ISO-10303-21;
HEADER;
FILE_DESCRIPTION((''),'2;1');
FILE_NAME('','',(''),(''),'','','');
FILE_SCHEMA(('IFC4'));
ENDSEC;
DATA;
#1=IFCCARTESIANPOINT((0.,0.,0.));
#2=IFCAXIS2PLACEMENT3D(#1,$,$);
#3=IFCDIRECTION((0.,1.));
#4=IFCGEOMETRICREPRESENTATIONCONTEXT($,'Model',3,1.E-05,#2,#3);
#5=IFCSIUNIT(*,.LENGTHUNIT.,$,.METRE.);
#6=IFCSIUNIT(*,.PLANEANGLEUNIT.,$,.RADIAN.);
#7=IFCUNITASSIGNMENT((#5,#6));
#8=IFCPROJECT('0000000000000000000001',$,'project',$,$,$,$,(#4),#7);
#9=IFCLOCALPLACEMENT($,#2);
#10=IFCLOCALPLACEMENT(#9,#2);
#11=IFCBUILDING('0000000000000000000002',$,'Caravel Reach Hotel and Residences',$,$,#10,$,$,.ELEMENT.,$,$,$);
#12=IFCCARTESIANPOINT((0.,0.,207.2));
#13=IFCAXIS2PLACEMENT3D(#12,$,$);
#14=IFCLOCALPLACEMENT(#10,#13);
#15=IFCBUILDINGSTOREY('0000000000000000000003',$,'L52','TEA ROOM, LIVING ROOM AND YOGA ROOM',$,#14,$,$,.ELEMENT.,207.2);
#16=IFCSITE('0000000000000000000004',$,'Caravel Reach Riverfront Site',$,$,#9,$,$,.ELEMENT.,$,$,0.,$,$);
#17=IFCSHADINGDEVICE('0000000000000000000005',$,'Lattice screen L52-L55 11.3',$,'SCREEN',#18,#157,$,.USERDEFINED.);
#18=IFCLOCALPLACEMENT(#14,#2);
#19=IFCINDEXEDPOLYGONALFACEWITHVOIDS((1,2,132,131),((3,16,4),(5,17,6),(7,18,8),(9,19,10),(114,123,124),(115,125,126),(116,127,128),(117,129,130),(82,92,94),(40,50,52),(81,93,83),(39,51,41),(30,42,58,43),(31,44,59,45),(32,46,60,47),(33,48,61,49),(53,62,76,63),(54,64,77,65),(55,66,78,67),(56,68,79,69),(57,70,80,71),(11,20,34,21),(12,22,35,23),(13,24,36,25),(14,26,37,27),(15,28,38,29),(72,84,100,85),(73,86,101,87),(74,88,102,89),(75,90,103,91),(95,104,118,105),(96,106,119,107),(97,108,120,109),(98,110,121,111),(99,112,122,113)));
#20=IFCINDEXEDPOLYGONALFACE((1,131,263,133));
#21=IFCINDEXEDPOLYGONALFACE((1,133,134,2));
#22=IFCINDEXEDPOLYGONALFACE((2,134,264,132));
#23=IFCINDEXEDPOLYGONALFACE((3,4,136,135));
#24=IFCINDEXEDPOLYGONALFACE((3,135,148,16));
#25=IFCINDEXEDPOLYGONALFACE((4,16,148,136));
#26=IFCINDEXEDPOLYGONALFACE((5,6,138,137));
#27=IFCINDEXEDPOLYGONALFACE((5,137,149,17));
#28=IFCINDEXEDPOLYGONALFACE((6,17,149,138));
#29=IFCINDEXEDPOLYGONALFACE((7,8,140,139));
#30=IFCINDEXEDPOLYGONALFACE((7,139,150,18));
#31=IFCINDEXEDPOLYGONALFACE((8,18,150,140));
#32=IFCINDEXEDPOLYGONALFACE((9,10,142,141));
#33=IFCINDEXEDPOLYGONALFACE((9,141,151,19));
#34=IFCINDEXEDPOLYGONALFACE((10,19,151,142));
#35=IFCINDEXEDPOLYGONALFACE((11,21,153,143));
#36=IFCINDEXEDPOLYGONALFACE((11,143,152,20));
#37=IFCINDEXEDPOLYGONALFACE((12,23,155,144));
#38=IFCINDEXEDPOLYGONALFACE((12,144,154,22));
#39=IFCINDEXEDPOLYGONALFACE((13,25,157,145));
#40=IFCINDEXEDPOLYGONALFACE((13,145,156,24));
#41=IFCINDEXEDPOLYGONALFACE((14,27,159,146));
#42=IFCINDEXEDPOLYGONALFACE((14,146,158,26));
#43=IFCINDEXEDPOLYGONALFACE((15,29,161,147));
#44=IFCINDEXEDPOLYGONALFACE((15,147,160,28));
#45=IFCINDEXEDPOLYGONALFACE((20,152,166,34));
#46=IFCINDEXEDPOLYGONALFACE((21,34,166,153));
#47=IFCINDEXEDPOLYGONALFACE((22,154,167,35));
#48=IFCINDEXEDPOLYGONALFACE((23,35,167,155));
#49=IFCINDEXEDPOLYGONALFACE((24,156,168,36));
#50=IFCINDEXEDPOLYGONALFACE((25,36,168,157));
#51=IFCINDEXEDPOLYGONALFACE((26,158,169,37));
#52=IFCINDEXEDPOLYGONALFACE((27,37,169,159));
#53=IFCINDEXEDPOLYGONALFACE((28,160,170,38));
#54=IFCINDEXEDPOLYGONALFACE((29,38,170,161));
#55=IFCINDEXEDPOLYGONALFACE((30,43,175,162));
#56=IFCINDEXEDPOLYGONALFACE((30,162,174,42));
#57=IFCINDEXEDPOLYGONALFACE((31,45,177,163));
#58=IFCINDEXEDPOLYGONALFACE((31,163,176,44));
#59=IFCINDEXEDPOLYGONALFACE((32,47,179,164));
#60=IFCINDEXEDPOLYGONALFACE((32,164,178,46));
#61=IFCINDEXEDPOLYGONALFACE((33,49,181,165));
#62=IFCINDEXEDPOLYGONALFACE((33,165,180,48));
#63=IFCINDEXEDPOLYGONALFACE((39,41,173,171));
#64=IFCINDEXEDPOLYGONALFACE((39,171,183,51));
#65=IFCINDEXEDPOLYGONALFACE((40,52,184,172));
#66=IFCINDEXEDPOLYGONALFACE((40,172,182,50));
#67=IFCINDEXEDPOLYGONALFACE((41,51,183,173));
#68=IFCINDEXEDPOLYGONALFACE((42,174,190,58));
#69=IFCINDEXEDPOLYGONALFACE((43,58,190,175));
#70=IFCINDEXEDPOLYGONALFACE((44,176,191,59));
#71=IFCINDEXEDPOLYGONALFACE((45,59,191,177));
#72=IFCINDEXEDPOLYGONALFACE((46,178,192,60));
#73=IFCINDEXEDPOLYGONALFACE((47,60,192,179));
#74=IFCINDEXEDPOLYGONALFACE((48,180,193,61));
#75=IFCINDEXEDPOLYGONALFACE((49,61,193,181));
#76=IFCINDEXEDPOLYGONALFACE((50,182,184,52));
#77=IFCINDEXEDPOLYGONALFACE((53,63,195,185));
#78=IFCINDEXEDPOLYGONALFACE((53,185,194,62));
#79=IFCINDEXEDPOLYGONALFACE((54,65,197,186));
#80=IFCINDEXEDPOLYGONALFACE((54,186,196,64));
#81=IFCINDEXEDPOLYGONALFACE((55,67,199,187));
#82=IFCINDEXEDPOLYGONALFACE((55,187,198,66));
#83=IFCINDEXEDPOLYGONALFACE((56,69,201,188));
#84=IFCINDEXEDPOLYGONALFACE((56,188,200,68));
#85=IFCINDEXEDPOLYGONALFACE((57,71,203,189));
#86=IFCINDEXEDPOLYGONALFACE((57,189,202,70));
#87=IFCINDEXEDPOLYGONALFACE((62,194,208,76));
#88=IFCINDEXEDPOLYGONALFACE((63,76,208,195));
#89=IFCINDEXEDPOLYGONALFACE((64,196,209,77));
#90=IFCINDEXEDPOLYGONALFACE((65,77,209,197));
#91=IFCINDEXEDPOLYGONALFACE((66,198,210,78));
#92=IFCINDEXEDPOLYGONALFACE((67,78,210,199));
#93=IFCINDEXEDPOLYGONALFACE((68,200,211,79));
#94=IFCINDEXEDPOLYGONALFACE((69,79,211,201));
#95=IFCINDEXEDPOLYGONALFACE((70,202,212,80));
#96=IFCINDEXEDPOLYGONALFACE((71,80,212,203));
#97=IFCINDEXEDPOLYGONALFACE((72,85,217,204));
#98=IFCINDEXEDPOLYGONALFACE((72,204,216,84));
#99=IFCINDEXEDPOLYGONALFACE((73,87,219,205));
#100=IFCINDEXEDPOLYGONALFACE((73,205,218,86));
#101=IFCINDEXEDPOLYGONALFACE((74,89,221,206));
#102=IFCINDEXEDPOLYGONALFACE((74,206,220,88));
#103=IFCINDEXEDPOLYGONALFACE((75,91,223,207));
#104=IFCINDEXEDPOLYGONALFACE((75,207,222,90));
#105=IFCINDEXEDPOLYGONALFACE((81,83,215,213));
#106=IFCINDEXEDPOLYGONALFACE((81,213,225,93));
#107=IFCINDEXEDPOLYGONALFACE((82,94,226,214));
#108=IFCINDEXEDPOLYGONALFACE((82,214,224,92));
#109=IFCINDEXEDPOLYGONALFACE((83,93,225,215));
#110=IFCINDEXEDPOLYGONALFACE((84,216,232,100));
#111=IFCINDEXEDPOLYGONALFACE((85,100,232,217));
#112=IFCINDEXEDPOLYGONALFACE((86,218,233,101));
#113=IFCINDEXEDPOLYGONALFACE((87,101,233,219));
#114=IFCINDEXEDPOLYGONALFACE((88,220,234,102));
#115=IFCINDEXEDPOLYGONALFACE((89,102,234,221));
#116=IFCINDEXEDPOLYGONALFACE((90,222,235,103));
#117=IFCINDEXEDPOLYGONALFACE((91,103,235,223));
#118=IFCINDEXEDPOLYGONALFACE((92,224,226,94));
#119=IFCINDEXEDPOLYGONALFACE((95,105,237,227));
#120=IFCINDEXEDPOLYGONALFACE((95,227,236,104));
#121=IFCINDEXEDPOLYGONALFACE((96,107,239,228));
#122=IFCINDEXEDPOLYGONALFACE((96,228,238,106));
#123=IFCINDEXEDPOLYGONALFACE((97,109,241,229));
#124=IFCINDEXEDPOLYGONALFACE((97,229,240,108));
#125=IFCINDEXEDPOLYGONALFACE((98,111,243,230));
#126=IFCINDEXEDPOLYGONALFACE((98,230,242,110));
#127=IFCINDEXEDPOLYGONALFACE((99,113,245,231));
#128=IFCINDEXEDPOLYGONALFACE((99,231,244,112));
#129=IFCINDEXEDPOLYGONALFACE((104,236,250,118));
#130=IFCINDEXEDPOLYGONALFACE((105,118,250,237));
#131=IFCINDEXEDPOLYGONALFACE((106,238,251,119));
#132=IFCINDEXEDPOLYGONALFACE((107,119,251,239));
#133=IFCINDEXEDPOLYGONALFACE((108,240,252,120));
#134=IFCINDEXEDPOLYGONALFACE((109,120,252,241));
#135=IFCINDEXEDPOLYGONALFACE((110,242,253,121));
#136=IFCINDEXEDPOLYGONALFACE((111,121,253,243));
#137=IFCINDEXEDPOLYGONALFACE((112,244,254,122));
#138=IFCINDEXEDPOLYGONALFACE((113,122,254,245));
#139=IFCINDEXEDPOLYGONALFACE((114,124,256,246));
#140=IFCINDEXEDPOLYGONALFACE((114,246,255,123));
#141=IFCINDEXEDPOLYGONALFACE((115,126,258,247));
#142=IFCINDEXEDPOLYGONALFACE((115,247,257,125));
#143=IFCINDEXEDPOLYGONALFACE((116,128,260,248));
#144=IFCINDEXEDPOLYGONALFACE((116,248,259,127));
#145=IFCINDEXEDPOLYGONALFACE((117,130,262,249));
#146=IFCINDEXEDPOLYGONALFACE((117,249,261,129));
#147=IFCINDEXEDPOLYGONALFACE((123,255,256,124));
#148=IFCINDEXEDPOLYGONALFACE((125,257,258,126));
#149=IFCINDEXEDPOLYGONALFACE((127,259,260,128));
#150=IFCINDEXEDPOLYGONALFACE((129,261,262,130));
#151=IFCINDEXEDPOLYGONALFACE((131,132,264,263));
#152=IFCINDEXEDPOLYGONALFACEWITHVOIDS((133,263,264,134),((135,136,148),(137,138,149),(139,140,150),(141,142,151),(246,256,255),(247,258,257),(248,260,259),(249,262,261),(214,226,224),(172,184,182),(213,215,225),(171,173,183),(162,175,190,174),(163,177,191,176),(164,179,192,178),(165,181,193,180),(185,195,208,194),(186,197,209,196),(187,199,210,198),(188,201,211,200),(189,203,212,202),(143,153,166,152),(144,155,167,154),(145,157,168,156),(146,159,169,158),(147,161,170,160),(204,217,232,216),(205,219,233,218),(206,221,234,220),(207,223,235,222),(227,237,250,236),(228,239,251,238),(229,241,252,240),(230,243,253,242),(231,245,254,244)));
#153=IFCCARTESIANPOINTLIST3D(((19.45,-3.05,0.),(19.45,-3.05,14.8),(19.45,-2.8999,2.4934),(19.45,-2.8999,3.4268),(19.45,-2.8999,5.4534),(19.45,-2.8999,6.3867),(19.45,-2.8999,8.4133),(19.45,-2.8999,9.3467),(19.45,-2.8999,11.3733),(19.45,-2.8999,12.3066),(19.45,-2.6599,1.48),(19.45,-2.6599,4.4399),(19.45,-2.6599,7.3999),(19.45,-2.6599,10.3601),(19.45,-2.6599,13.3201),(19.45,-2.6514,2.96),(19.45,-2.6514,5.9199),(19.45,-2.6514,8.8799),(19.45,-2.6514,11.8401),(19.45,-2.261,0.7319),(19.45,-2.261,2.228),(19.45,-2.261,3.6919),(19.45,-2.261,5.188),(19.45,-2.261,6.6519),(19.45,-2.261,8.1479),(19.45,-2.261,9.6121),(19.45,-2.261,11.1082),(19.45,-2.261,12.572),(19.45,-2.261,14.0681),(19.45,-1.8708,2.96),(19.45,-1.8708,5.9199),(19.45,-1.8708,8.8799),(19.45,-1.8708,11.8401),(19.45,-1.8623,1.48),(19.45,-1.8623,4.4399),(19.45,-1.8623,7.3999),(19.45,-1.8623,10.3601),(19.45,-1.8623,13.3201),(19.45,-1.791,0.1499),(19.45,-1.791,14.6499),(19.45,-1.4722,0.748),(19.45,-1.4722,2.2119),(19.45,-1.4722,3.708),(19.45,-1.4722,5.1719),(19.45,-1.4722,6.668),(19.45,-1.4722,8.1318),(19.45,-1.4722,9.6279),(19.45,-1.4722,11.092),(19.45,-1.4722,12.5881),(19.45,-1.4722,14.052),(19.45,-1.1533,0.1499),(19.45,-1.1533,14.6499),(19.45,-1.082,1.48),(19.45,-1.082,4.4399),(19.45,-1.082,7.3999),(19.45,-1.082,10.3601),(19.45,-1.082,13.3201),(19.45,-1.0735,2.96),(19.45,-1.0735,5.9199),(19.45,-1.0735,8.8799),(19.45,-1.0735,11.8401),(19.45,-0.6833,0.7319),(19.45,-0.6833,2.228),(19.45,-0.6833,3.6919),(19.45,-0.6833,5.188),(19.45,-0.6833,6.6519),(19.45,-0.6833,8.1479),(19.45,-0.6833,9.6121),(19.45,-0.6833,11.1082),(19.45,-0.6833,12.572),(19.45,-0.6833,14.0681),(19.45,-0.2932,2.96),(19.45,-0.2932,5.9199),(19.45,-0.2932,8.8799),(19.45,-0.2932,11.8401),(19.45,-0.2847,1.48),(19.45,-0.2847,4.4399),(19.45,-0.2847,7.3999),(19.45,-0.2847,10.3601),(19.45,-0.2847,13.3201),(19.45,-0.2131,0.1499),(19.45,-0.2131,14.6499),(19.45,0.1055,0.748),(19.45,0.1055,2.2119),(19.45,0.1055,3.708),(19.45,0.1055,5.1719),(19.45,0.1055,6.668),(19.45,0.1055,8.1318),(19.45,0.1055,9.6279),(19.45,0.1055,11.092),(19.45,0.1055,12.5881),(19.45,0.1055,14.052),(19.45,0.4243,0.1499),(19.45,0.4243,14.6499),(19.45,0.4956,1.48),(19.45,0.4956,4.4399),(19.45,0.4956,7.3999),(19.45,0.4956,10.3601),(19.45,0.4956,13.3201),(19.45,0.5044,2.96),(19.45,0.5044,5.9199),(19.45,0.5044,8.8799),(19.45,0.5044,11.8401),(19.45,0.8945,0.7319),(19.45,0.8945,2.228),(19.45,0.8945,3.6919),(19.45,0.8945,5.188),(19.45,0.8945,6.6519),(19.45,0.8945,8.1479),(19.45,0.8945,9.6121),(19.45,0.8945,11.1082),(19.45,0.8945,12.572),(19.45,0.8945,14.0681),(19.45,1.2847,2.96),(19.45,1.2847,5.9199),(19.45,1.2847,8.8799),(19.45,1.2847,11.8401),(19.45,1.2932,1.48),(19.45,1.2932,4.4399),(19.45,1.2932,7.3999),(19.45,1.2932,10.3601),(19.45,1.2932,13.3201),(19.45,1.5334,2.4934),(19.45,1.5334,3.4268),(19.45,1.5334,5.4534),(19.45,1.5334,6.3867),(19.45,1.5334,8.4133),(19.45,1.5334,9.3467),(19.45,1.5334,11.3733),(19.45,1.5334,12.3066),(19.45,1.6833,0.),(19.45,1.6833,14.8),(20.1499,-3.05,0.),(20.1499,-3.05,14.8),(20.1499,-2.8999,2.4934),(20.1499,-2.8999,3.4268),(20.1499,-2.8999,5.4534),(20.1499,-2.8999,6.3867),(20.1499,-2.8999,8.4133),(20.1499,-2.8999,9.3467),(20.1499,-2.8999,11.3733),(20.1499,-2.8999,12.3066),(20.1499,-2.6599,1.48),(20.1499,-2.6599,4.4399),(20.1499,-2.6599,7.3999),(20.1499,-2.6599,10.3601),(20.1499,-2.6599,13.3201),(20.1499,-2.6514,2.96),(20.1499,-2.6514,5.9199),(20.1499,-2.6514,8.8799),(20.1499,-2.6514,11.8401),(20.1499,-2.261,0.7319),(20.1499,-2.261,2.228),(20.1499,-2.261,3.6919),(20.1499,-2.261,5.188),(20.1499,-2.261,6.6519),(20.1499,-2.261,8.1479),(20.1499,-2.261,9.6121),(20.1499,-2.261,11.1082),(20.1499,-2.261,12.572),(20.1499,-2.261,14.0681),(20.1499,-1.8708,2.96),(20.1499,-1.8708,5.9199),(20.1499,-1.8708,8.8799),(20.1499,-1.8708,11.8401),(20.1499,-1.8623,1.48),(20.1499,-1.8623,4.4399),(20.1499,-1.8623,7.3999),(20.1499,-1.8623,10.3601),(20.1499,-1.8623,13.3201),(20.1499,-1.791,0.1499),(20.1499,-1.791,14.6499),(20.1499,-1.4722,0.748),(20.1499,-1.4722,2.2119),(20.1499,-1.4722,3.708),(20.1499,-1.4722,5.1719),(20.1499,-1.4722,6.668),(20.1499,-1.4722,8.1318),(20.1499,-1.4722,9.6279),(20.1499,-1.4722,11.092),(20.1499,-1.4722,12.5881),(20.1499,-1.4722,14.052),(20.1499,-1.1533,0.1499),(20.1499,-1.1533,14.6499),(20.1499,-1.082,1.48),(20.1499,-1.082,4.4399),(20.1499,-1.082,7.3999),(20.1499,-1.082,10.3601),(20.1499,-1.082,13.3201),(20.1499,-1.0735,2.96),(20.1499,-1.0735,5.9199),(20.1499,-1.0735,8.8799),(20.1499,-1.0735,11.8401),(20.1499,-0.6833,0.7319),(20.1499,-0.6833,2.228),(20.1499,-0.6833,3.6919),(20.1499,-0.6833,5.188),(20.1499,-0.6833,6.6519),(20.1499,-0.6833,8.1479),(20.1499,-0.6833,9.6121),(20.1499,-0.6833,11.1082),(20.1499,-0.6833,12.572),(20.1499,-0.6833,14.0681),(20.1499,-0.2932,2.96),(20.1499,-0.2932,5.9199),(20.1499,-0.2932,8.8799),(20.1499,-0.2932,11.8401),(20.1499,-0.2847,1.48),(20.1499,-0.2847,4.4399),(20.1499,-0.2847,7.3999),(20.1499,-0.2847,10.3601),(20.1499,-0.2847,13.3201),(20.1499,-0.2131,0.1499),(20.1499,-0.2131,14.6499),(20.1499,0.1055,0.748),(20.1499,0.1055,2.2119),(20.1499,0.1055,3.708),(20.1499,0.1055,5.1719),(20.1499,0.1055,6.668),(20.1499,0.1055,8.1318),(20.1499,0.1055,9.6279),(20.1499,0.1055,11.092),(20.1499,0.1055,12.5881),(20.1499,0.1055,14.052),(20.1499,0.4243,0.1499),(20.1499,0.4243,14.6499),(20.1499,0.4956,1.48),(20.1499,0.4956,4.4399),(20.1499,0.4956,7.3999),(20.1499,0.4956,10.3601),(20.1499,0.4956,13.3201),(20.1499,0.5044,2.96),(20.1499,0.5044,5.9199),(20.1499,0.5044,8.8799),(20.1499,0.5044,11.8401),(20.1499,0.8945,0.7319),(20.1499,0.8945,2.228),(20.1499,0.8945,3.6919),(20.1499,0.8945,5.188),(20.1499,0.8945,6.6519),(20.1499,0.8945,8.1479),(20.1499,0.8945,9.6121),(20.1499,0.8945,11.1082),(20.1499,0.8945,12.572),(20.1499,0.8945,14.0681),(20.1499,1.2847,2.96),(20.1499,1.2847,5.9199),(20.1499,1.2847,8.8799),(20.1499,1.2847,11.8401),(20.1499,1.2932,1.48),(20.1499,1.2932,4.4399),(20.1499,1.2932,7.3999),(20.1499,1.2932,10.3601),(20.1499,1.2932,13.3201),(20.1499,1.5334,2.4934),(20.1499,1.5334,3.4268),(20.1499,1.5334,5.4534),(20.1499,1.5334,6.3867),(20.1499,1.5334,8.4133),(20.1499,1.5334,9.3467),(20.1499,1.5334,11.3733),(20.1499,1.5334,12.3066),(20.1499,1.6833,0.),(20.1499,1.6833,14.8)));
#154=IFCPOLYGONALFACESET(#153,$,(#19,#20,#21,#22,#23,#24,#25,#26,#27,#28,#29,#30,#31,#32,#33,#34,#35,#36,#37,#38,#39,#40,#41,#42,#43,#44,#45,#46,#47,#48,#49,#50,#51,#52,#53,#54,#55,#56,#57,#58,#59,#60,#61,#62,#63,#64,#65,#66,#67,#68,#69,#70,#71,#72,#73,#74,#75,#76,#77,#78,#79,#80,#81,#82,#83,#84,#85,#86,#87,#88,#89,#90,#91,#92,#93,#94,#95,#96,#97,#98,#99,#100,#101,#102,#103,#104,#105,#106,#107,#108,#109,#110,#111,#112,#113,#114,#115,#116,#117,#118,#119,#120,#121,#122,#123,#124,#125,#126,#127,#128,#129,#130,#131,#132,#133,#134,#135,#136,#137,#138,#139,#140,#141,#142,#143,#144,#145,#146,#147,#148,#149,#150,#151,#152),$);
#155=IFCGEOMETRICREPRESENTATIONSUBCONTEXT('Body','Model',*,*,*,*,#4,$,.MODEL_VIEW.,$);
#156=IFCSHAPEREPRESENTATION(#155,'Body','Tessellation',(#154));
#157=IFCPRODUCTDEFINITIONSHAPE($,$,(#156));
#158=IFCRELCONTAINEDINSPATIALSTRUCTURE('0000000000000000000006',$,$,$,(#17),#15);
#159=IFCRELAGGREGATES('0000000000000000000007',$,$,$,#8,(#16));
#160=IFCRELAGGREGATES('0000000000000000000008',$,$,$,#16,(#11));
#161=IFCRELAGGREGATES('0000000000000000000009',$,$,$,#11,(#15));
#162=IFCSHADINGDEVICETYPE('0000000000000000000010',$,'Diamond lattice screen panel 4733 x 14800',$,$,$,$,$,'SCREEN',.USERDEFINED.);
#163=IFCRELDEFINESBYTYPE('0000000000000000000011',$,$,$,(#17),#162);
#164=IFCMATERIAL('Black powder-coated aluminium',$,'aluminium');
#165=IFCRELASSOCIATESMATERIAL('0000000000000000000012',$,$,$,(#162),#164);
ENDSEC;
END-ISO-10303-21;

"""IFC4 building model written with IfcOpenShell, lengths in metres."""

from ifc_helpers import new_model, si_unit, direction, frame, origin, place, context, subcontext, project, spatial, polyline, outline, extrude, material, type_object, element, save


model = new_model("IFC4")

# Units and contexts
model_context = context("Model", 3, precision=1e-05, world=origin(), true_north=direction((0.0, 1.0)))
body_context = subcontext(model_context, "Body", "Model", "MODEL_VIEW")
ifc_project = project(units=[si_unit("LENGTHUNIT", "METRE"), si_unit("PLANEANGLEUNIT", "RADIAN")], contexts=[model_context])

# Site, building, storey
site_placement = place(None, origin())
site = spatial("IfcSite", under=ifc_project, at=site_placement, Name="Caravel Reach Riverfront Site", CompositionType="ELEMENT", RefElevation=0.0)
building_placement = place(site_placement, origin())
building = spatial("IfcBuilding", under=site, at=building_placement, Name="Caravel Reach Hotel and Residences", CompositionType="ELEMENT")
storey_placement = place(building_placement, frame((0.0, 0.0, 207.2)))
storey = spatial("IfcBuildingStorey", under=building, at=storey_placement, Name="L52", Description="TEA ROOM, LIVING ROOM AND YOGA ROOM", CompositionType="ELEMENT", Elevation=207.2)

# Shading device
ifc_material_1 = material(Name="Black powder-coated aluminium", Category="aluminium")
shading_device_type_1 = type_object("IfcShadingDeviceType", Name="Diamond lattice screen panel 4733 x 14800", ElementType="SCREEN", PredefinedType="USERDEFINED", material=ifc_material_1)
shading_device_1_placement = place(storey_placement, frame((20.1499, 1.6833, 0.0), z_axis=(-1.0, 0.0, 0.0), x_axis=(0.0, -1.0, 0.0)))
element("IfcShadingDevice", 1, at=shading_device_1_placement, inside=storey, type_object=shading_device_type_1, Name="Lattice screen L52-L55 11.3", ObjectType="SCREEN", PredefinedType="USERDEFINED", context=body_context, shape_type="SweptSolid", body=[
    extrude(outline(polyline([(0.0, 0.0), (4.7334, 0.0), (4.7334, 14.8), (0.0, 14.8), (0.0, 0.0)]), holes=[polyline([(0.3987, 2.96), (0.1499, 3.4268), (0.1499, 2.4934), (0.3987, 2.96)]), polyline([(0.3987, 5.9199), (0.1499, 6.3867), (0.1499, 5.4534), (0.3987, 5.9199)]), polyline([(0.3987, 8.8799), (0.1499, 9.3467), (0.1499, 8.4133), (0.3987, 8.8799)]), polyline([(0.3987, 11.8401), (0.1499, 12.3066), (0.1499, 11.3733), (0.3987, 11.8401)]), polyline([(0.7888, 2.228), (0.3901, 1.48), (0.7888, 0.7319), (1.1877, 1.48), (0.7888, 2.228)]), polyline([(0.7888, 5.188), (0.3901, 4.4399), (0.7888, 3.6919), (1.1877, 4.4399), (0.7888, 5.188)]), polyline([(0.7888, 8.1479), (0.3901, 7.3999), (0.7888, 6.6519), (1.1877, 7.3999), (0.7888, 8.1479)]), polyline([(0.7888, 11.1082), (0.3901, 10.3601), (0.7888, 9.6121), (1.1877, 10.3601), (0.7888, 11.1082)]), polyline([(0.7888, 14.0681), (0.3901, 13.3201), (0.7888, 12.572), (1.1877, 13.3201), (0.7888, 14.0681)]), polyline([(1.5779, 0.748), (1.259, 0.1499), (1.8965, 0.1499), (1.5779, 0.748)]), polyline([(1.5779, 3.708), (1.179, 2.96), (1.5779, 2.2119), (1.9766, 2.96), (1.5779, 3.708)]), polyline([(1.5779, 6.668), (1.179, 5.9199), (1.5779, 5.1719), (1.9766, 5.9199), (1.5779, 6.668)]), polyline([(1.5779, 9.6279), (1.179, 8.8799), (1.5779, 8.1318), (1.9766, 8.8799), (1.5779, 9.6279)]), polyline([(1.5779, 12.5881), (1.179, 11.8401), (1.5779, 11.092), (1.9766, 11.8401), (1.5779, 12.5881)]), polyline([(1.5779, 14.052), (1.8965, 14.6499), (1.259, 14.6499), (1.5779, 14.052)]), polyline([(2.3667, 2.228), (1.968, 1.48), (2.3667, 0.7319), (2.7654, 1.48), (2.3667, 2.228)]), polyline([(2.3667, 5.188), (1.968, 4.4399), (2.3667, 3.6919), (2.7654, 4.4399), (2.3667, 5.188)]), polyline([(2.3667, 8.1479), (1.968, 7.3999), (2.3667, 6.6519), (2.7654, 7.3999), (2.3667, 8.1479)]), polyline([(2.3667, 11.1082), (1.968, 10.3601), (2.3667, 9.6121), (2.7654, 10.3601), (2.3667, 11.1082)]), polyline([(2.3667, 14.0681), (1.968, 13.3201), (2.3667, 12.572), (2.7654, 13.3201), (2.3667, 14.0681)]), polyline([(3.1555, 0.748), (2.8367, 0.1499), (3.4744, 0.1499), (3.1555, 0.748)]), polyline([(3.1555, 3.708), (2.7568, 2.96), (3.1555, 2.2119), (3.5542, 2.96), (3.1555, 3.708)]), polyline([(3.1555, 6.668), (2.7568, 5.9199), (3.1555, 5.1719), (3.5542, 5.9199), (3.1555, 6.668)]), polyline([(3.1555, 9.6279), (2.7568, 8.8799), (3.1555, 8.1318), (3.5542, 8.8799), (3.1555, 9.6279)]), polyline([(3.1555, 12.5881), (2.7568, 11.8401), (3.1555, 11.092), (3.5542, 11.8401), (3.1555, 12.5881)]), polyline([(3.1555, 14.052), (3.4744, 14.6499), (2.8367, 14.6499), (3.1555, 14.052)]), polyline([(3.9443, 2.228), (3.5457, 1.48), (3.9443, 0.7319), (4.3433, 1.48), (3.9443, 2.228)]), polyline([(3.9443, 5.188), (3.5457, 4.4399), (3.9443, 3.6919), (4.3433, 4.4399), (3.9443, 5.188)]), polyline([(3.9443, 8.1479), (3.5457, 7.3999), (3.9443, 6.6519), (4.3433, 7.3999), (3.9443, 8.1479)]), polyline([(3.9443, 11.1082), (3.5457, 10.3601), (3.9443, 9.6121), (4.3433, 10.3601), (3.9443, 11.1082)]), polyline([(3.9443, 14.0681), (3.5457, 13.3201), (3.9443, 12.572), (4.3433, 13.3201), (3.9443, 14.0681)]), polyline([(4.3347, 2.96), (4.5833, 2.4934), (4.5833, 3.4268), (4.3347, 2.96)]), polyline([(4.3347, 5.9199), (4.5833, 5.4534), (4.5833, 6.3867), (4.3347, 5.9199)]), polyline([(4.3347, 8.8799), (4.5833, 8.4133), (4.5833, 9.3467), (4.3347, 8.8799)]), polyline([(4.3347, 11.8401), (4.5833, 11.3733), (4.5833, 12.3066), (4.3347, 11.8401)])]), origin(), (0.0, 0.0, 1.0), 0.7),
])

save(model, "model.ifc")
